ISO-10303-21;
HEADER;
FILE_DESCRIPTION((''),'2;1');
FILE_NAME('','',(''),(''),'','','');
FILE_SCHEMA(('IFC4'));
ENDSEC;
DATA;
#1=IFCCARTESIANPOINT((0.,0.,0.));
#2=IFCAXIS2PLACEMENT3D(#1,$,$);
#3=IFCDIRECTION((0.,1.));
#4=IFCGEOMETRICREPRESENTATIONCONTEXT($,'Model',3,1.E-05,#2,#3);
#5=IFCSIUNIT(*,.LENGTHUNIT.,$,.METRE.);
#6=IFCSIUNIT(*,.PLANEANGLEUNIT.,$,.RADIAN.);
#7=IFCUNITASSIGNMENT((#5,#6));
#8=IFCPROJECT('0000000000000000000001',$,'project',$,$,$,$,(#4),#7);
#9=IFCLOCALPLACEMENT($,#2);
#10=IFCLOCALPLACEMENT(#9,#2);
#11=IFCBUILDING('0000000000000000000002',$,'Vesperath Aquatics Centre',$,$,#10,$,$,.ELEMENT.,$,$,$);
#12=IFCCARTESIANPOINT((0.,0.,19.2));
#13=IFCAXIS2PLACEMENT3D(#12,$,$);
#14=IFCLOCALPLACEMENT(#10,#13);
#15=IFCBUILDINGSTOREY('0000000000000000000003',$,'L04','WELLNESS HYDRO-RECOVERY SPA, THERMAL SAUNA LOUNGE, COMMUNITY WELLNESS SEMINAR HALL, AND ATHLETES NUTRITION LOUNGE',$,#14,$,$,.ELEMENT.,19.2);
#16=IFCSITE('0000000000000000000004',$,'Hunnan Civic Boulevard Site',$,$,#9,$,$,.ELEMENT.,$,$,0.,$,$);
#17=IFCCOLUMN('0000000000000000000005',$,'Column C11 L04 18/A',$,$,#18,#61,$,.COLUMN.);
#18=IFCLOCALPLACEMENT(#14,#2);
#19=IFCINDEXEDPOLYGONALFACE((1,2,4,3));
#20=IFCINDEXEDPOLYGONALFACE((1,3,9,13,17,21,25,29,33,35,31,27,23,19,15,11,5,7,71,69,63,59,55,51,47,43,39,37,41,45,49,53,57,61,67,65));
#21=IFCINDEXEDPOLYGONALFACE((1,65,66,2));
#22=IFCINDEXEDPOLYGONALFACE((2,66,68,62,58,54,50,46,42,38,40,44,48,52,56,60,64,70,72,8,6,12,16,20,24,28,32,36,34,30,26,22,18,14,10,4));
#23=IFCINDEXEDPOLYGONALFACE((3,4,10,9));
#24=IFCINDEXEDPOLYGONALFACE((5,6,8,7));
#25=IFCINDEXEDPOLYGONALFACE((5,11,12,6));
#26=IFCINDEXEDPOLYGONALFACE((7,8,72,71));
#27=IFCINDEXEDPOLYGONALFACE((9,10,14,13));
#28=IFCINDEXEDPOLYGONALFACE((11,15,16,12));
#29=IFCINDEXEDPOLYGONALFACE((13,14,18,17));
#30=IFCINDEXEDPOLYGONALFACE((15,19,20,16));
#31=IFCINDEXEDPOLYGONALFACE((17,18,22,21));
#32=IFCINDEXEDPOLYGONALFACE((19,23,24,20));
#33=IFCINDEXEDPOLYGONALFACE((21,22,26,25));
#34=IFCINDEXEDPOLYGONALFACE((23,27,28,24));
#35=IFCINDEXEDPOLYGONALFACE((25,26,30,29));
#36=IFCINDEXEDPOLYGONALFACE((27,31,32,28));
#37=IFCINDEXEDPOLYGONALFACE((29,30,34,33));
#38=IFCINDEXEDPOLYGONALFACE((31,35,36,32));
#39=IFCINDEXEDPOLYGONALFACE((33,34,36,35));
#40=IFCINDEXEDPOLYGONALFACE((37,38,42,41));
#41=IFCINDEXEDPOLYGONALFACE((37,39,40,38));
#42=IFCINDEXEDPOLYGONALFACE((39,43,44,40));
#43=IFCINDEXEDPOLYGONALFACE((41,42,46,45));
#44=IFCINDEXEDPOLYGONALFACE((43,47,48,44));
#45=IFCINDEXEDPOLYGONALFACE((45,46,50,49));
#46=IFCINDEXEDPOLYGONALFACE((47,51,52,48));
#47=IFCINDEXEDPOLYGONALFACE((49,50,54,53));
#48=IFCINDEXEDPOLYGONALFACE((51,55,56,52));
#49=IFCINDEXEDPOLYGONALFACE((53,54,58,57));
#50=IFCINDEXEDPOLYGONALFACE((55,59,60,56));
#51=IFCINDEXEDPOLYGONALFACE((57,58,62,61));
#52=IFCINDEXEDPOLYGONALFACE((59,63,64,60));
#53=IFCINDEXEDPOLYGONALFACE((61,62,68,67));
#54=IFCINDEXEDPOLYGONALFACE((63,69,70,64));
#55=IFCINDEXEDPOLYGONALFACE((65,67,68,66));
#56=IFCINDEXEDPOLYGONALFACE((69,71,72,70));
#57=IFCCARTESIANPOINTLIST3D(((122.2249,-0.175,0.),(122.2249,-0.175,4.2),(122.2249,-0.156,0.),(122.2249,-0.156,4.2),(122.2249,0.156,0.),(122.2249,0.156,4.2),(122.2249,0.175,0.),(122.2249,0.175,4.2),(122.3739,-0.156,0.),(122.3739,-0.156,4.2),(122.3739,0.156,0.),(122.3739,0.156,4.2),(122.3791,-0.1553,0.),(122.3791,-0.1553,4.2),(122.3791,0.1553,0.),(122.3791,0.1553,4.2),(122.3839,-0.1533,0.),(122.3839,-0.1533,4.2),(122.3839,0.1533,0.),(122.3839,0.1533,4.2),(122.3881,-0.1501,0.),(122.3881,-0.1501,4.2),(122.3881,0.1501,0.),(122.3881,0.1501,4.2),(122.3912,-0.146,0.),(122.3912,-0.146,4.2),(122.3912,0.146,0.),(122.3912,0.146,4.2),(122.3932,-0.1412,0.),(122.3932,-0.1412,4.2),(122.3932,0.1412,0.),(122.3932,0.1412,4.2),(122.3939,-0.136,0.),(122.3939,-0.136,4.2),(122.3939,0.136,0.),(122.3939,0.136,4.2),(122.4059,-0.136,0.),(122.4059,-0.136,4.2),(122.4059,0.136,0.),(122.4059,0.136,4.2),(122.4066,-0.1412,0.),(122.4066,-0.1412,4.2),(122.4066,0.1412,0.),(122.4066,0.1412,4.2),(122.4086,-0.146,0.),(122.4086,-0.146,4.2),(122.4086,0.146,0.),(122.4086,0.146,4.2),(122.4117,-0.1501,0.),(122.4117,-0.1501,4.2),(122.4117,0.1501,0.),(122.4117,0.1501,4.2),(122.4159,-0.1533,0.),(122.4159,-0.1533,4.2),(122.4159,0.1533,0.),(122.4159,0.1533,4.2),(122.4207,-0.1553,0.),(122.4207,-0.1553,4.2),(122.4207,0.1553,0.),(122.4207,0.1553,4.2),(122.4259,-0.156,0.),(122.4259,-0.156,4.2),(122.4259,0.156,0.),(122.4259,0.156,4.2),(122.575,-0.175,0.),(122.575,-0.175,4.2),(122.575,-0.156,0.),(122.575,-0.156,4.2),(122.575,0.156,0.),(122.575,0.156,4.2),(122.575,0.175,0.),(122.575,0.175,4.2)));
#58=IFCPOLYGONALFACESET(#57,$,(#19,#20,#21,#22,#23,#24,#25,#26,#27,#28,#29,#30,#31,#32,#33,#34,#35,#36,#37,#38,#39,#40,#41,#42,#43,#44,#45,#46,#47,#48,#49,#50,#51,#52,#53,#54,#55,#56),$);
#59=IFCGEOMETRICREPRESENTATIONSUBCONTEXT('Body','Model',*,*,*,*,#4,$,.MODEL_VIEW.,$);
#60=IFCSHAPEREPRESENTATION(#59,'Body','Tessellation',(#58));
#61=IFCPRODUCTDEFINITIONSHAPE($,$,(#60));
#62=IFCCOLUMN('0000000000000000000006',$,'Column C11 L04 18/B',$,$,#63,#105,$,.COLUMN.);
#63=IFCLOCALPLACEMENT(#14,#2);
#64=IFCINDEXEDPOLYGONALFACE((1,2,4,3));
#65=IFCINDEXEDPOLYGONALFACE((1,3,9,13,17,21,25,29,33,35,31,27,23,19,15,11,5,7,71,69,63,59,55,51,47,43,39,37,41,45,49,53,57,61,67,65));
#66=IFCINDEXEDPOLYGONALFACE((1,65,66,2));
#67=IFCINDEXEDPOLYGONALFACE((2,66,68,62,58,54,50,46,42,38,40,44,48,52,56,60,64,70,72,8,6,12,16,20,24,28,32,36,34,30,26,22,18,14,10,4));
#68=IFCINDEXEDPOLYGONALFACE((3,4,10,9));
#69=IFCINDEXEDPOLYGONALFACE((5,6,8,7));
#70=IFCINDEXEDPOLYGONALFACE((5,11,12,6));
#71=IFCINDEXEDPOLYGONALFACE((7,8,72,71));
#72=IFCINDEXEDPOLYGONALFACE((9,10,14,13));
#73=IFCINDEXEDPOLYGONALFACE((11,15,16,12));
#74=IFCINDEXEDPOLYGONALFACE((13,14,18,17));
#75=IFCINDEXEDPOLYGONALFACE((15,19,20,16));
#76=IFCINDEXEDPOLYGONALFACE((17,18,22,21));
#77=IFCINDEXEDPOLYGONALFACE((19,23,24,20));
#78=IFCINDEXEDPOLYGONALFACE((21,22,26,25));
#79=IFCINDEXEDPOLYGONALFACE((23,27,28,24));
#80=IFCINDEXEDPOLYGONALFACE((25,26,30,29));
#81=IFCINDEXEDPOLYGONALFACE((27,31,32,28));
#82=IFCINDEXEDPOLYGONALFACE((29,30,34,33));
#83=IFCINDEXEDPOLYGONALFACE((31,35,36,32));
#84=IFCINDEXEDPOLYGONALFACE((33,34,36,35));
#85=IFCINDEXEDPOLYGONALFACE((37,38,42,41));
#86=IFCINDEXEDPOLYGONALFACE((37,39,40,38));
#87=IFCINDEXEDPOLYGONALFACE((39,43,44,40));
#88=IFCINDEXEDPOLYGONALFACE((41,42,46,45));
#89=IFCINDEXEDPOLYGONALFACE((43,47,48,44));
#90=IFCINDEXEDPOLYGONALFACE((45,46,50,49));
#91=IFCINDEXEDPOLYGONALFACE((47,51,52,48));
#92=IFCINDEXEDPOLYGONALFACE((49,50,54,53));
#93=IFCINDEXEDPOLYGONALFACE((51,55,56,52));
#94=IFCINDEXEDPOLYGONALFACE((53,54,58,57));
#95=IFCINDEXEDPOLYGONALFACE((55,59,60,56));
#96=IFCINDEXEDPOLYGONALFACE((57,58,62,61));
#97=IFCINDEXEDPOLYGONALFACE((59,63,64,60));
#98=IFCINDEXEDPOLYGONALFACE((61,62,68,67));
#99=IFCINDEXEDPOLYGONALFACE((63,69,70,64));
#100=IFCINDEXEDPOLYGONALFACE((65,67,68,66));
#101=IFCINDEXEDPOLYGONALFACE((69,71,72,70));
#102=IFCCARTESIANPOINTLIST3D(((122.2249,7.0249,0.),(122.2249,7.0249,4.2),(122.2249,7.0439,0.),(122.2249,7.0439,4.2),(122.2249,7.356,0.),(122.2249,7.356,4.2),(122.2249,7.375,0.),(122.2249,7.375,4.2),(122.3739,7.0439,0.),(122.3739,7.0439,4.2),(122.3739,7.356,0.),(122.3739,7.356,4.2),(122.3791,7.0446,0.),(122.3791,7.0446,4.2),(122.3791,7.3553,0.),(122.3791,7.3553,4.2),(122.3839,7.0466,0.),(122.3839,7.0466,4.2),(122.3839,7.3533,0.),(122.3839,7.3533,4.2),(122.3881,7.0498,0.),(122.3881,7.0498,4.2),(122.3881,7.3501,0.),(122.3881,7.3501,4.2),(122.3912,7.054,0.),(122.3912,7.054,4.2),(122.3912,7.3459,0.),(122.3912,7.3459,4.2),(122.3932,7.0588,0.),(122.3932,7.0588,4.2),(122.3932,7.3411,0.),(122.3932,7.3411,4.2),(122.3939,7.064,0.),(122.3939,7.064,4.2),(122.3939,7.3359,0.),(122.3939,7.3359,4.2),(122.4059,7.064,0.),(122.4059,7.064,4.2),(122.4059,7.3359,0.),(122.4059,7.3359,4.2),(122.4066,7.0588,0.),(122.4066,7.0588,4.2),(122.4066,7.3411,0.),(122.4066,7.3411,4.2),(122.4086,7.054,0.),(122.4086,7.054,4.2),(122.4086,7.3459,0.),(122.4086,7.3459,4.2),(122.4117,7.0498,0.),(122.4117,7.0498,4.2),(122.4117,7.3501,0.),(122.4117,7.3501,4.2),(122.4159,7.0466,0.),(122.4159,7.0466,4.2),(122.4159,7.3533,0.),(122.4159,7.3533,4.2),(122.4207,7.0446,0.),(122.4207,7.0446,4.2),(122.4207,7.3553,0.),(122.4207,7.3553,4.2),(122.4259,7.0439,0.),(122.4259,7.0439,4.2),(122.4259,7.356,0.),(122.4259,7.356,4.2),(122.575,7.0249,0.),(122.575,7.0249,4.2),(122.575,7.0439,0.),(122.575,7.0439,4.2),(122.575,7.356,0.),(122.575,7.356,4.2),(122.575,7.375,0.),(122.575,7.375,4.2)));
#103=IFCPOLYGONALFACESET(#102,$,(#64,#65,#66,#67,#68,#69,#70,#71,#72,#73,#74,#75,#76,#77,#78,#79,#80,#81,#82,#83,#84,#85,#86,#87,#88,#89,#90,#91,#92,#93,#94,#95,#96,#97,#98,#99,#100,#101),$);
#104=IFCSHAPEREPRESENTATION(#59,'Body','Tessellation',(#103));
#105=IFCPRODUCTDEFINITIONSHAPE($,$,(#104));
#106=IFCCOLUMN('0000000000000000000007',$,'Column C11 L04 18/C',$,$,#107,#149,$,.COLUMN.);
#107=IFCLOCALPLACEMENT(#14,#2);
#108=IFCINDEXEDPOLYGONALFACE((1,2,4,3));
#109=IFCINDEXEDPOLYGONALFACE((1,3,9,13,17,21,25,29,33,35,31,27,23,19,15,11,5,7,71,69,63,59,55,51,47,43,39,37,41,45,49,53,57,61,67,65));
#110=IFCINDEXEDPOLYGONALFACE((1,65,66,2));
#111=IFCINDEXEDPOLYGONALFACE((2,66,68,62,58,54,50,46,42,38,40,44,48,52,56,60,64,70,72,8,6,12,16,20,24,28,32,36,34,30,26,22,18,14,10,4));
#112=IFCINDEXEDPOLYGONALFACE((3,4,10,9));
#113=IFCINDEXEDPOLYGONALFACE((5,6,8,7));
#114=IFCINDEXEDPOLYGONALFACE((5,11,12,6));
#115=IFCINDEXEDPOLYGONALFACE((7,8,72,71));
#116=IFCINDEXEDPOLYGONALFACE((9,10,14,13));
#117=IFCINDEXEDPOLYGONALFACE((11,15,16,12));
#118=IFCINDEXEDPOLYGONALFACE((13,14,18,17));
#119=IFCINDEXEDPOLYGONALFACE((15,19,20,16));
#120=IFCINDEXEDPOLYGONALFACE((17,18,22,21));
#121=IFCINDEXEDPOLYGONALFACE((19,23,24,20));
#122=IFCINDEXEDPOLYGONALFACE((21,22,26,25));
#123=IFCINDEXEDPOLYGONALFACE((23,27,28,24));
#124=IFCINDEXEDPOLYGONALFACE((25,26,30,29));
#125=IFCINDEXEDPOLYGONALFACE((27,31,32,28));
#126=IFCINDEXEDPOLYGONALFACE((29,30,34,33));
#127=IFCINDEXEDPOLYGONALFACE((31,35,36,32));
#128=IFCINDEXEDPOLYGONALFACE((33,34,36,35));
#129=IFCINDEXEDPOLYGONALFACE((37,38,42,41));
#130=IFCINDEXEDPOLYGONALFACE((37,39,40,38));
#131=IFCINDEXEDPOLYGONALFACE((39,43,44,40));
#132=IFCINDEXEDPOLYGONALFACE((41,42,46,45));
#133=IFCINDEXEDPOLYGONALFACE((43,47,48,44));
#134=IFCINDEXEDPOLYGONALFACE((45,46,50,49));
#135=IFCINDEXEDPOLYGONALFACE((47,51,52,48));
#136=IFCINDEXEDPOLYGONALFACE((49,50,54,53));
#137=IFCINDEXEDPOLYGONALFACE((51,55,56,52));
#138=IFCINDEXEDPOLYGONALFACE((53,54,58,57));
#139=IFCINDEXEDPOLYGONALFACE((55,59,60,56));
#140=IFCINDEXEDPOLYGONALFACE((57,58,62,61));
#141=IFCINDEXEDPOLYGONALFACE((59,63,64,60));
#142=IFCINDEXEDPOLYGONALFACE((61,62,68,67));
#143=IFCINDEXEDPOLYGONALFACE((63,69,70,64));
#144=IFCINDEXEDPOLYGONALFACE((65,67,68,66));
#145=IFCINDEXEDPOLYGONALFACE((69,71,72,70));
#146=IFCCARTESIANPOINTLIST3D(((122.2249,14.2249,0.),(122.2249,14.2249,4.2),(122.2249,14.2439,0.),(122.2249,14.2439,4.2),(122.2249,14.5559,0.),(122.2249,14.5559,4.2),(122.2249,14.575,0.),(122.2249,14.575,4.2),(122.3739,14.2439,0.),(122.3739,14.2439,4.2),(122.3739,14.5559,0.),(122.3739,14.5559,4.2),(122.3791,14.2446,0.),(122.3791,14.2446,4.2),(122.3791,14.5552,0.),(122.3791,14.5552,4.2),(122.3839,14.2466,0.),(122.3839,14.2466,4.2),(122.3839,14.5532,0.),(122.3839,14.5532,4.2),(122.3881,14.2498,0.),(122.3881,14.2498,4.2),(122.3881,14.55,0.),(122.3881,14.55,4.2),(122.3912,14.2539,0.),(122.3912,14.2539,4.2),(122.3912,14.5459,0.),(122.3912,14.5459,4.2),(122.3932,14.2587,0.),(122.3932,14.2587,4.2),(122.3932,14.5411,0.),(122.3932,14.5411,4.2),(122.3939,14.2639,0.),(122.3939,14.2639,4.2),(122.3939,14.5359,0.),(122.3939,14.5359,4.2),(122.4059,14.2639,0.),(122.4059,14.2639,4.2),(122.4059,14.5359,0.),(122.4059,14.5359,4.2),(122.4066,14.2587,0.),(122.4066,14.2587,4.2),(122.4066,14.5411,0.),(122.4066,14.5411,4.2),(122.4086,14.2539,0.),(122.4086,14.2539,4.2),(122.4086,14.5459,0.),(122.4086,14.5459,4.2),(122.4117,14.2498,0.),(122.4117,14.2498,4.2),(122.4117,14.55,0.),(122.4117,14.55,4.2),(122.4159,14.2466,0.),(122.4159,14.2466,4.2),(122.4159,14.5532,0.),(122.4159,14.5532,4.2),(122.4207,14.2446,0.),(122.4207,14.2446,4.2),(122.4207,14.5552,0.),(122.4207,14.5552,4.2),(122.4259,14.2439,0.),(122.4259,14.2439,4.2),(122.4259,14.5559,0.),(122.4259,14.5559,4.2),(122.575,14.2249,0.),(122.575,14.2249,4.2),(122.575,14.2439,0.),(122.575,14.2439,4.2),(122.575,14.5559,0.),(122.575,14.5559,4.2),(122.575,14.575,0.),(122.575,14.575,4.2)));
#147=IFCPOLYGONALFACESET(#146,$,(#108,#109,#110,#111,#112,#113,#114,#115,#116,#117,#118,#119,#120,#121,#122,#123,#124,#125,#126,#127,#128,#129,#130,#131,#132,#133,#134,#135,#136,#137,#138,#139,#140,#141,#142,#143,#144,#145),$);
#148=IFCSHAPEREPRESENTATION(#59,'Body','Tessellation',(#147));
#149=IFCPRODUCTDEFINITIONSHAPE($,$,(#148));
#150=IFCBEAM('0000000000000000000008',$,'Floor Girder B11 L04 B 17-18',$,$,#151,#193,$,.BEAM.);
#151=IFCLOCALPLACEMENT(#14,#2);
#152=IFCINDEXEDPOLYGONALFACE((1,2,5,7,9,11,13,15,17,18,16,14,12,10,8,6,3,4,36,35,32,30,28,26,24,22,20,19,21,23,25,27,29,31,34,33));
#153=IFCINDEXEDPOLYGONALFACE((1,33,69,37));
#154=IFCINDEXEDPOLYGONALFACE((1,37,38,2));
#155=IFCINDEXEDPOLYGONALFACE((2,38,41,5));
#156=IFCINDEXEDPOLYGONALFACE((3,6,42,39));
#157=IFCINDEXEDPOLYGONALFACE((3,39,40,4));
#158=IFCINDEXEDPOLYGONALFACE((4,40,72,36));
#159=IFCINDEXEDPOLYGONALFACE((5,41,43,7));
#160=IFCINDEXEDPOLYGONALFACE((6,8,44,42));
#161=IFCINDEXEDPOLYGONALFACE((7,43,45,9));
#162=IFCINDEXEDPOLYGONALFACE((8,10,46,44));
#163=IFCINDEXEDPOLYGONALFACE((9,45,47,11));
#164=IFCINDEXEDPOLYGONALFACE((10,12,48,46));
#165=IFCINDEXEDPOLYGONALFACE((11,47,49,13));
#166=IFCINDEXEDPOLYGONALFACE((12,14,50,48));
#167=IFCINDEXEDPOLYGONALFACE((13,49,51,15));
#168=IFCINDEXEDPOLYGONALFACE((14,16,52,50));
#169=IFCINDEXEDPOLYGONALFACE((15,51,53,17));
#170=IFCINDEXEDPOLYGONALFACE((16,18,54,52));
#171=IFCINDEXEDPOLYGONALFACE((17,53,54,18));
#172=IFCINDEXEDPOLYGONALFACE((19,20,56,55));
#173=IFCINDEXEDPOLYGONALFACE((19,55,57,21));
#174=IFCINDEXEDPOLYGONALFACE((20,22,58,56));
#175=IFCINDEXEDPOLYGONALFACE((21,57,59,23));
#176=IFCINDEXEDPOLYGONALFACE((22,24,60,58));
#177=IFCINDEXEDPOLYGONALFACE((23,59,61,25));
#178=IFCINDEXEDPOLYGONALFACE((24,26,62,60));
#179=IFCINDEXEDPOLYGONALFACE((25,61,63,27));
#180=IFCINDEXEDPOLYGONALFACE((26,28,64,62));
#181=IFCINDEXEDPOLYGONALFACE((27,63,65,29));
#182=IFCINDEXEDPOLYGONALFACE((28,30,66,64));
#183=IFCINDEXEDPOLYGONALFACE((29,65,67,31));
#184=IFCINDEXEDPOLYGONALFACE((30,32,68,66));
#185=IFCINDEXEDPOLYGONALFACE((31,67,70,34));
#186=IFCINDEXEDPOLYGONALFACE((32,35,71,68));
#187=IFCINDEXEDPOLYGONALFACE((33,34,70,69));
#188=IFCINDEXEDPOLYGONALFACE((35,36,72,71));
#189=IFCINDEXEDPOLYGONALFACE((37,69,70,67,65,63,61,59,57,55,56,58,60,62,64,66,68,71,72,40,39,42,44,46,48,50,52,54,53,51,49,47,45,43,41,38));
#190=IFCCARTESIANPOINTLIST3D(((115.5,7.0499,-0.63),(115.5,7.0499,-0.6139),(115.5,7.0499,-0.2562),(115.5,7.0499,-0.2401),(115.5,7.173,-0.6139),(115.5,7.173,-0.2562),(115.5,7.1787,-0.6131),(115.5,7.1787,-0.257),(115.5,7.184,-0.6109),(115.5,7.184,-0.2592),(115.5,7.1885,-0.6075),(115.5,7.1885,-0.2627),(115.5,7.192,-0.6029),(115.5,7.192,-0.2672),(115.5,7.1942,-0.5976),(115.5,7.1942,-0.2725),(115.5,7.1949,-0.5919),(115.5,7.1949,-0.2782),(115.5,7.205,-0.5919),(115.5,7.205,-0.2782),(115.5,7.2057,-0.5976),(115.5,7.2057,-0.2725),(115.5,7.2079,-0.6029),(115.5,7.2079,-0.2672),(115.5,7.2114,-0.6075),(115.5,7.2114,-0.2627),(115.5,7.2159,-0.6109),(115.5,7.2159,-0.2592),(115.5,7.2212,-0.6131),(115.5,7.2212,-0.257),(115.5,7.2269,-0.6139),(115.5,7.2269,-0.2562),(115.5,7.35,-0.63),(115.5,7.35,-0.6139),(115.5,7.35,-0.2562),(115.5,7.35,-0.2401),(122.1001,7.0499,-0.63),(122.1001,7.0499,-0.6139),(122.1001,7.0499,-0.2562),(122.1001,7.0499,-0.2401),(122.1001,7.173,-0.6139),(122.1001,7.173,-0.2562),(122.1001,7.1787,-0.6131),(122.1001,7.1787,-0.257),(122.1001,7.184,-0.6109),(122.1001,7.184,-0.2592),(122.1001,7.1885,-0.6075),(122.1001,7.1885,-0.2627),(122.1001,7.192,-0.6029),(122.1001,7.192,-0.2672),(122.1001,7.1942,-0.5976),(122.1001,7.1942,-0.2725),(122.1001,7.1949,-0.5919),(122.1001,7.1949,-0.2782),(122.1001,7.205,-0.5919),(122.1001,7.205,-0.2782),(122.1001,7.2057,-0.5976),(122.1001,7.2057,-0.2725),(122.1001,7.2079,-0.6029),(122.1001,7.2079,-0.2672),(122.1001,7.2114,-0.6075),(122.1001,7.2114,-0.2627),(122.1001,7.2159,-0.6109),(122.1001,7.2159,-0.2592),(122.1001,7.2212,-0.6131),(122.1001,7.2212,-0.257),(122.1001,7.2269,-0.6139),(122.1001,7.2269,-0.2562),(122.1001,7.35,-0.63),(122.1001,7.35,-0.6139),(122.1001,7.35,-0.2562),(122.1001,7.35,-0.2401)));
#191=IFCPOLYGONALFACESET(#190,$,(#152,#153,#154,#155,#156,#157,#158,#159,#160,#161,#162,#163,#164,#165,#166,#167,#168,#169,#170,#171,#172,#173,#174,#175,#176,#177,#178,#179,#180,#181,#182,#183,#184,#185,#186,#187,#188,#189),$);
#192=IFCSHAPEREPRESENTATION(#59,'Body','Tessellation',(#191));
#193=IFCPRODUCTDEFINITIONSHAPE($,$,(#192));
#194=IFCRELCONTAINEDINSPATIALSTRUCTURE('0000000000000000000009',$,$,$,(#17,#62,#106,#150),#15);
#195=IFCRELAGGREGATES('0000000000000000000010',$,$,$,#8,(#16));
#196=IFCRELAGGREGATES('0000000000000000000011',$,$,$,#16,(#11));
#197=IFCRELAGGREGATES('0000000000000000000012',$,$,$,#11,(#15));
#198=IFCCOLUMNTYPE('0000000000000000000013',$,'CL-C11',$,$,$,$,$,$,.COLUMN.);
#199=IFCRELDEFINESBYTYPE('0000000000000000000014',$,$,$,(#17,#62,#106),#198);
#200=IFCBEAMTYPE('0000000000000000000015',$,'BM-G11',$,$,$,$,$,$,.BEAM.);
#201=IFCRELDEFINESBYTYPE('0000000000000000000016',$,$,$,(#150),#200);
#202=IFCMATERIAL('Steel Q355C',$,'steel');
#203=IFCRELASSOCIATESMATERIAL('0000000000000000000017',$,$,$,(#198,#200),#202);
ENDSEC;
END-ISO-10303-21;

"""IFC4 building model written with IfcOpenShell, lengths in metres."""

from ifc_helpers import new_model, si_unit, direction, frame, origin, origin_2d, place, context, subcontext, project, spatial, i_section, extrude, material, material_profile, profile_set, type_object, element, save


model = new_model("IFC4")

# Units and contexts
model_context = context("Model", 3, precision=1e-05, world=origin(), true_north=direction((0.0, 1.0)))
body_context = subcontext(model_context, "Body", "Model", "MODEL_VIEW")
ifc_project = project(units=[si_unit("LENGTHUNIT", "METRE"), si_unit("PLANEANGLEUNIT", "RADIAN")], contexts=[model_context])

# Site, building, storey
site_placement = place(None, origin())
site = spatial("IfcSite", under=ifc_project, at=site_placement, Name="Hunnan Civic Boulevard Site", CompositionType="ELEMENT", RefElevation=0.0)
building_placement = place(site_placement, origin())
building = spatial("IfcBuilding", under=site, at=building_placement, Name="Vesperath Aquatics Centre", CompositionType="ELEMENT")
storey_placement = place(building_placement, frame((0.0, 0.0, 19.2)))
storey = spatial("IfcBuildingStorey", under=building, at=storey_placement, Name="L04", Description="WELLNESS HYDRO-RECOVERY SPA, THERMAL SAUNA LOUNGE, COMMUNITY WELLNESS SEMINAR HALL, AND ATHLETES NUTRITION LOUNGE", CompositionType="ELEMENT", Elevation=19.2)

# Columns
ifc_material_1 = material(Name="Steel Q355C", Category="steel")
ifc_material_profile_1 = material_profile(ifc_material_1, i_section(OverallWidth=0.3501, OverallDepth=0.3501, WebThickness=0.012, FlangeThickness=0.019, FilletRadius=0.02, at=origin_2d()), Name="HW 350x350x12x19")
ifc_profile_set_1 = profile_set([ifc_material_profile_1], Name="Steel Q355C")
column_type = type_object("IfcColumnType", Name="CL-C11", PredefinedType="COLUMN", material=ifc_profile_set_1)
for number, where, z_axis, x_axis, name in (
    (1, (122.3999, 0.0, 0.0), (0.0, 0.0, 1.0), (1.0, 0.0, 0.0), "Column C11 L04 18/A"),
    (2, (122.3999, 7.2, 0.0), (0.0, 0.0, 1.0), (1.0, 0.0, 0.0), "Column C11 L04 18/B"),
    (3, (122.3999, 14.3999, 0.0), (0.0, 0.0, 1.0), (1.0, 0.0, 0.0), "Column C11 L04 18/C"),
):
    element("IfcColumn", number, at=place(storey_placement, frame(where, z_axis=z_axis, x_axis=x_axis)), inside=storey, type_object=column_type, Name=name, PredefinedType="COLUMN", context=body_context, shape_type="SweptSolid", body=[
        extrude(i_section(OverallWidth=0.3501, OverallDepth=0.3501, WebThickness=0.012, FlangeThickness=0.019, FilletRadius=0.02, at=origin_2d()), origin(), (0.0, 0.0, 1.0), 4.2),
    ])

# Beam
ifc_material_profile_2 = material_profile(ifc_material_1, i_section(OverallWidth=0.3, OverallDepth=0.3899, WebThickness=0.01, FlangeThickness=0.0161, FilletRadius=0.022, at=origin_2d()), Name="HM 390x300x10x16")
ifc_profile_set_2 = profile_set([ifc_material_profile_2], Name="Steel Q355C")
beam_type_1 = type_object("IfcBeamType", Name="BM-G11", PredefinedType="BEAM", material=ifc_profile_set_2)
for number, where, z_axis, x_axis, name in (
    (4, (115.5, 7.2, -0.4351), (1.0, 0.0, 0.0), (0.0, 1.0, 0.0), "Floor Girder B11 L04 B 17-18"),
):
    element("IfcBeam", number, at=place(storey_placement, frame(where, z_axis=z_axis, x_axis=x_axis)), inside=storey, type_object=beam_type_1, Name=name, PredefinedType="BEAM", context=body_context, shape_type="SweptSolid", body=[
        extrude(i_section(OverallWidth=0.3, OverallDepth=0.3899, WebThickness=0.01, FlangeThickness=0.0161, FilletRadius=0.022, at=origin_2d()), origin(), (0.0, 0.0, 1.0), 6.6001),
    ])

save(model, "model.ifc")
